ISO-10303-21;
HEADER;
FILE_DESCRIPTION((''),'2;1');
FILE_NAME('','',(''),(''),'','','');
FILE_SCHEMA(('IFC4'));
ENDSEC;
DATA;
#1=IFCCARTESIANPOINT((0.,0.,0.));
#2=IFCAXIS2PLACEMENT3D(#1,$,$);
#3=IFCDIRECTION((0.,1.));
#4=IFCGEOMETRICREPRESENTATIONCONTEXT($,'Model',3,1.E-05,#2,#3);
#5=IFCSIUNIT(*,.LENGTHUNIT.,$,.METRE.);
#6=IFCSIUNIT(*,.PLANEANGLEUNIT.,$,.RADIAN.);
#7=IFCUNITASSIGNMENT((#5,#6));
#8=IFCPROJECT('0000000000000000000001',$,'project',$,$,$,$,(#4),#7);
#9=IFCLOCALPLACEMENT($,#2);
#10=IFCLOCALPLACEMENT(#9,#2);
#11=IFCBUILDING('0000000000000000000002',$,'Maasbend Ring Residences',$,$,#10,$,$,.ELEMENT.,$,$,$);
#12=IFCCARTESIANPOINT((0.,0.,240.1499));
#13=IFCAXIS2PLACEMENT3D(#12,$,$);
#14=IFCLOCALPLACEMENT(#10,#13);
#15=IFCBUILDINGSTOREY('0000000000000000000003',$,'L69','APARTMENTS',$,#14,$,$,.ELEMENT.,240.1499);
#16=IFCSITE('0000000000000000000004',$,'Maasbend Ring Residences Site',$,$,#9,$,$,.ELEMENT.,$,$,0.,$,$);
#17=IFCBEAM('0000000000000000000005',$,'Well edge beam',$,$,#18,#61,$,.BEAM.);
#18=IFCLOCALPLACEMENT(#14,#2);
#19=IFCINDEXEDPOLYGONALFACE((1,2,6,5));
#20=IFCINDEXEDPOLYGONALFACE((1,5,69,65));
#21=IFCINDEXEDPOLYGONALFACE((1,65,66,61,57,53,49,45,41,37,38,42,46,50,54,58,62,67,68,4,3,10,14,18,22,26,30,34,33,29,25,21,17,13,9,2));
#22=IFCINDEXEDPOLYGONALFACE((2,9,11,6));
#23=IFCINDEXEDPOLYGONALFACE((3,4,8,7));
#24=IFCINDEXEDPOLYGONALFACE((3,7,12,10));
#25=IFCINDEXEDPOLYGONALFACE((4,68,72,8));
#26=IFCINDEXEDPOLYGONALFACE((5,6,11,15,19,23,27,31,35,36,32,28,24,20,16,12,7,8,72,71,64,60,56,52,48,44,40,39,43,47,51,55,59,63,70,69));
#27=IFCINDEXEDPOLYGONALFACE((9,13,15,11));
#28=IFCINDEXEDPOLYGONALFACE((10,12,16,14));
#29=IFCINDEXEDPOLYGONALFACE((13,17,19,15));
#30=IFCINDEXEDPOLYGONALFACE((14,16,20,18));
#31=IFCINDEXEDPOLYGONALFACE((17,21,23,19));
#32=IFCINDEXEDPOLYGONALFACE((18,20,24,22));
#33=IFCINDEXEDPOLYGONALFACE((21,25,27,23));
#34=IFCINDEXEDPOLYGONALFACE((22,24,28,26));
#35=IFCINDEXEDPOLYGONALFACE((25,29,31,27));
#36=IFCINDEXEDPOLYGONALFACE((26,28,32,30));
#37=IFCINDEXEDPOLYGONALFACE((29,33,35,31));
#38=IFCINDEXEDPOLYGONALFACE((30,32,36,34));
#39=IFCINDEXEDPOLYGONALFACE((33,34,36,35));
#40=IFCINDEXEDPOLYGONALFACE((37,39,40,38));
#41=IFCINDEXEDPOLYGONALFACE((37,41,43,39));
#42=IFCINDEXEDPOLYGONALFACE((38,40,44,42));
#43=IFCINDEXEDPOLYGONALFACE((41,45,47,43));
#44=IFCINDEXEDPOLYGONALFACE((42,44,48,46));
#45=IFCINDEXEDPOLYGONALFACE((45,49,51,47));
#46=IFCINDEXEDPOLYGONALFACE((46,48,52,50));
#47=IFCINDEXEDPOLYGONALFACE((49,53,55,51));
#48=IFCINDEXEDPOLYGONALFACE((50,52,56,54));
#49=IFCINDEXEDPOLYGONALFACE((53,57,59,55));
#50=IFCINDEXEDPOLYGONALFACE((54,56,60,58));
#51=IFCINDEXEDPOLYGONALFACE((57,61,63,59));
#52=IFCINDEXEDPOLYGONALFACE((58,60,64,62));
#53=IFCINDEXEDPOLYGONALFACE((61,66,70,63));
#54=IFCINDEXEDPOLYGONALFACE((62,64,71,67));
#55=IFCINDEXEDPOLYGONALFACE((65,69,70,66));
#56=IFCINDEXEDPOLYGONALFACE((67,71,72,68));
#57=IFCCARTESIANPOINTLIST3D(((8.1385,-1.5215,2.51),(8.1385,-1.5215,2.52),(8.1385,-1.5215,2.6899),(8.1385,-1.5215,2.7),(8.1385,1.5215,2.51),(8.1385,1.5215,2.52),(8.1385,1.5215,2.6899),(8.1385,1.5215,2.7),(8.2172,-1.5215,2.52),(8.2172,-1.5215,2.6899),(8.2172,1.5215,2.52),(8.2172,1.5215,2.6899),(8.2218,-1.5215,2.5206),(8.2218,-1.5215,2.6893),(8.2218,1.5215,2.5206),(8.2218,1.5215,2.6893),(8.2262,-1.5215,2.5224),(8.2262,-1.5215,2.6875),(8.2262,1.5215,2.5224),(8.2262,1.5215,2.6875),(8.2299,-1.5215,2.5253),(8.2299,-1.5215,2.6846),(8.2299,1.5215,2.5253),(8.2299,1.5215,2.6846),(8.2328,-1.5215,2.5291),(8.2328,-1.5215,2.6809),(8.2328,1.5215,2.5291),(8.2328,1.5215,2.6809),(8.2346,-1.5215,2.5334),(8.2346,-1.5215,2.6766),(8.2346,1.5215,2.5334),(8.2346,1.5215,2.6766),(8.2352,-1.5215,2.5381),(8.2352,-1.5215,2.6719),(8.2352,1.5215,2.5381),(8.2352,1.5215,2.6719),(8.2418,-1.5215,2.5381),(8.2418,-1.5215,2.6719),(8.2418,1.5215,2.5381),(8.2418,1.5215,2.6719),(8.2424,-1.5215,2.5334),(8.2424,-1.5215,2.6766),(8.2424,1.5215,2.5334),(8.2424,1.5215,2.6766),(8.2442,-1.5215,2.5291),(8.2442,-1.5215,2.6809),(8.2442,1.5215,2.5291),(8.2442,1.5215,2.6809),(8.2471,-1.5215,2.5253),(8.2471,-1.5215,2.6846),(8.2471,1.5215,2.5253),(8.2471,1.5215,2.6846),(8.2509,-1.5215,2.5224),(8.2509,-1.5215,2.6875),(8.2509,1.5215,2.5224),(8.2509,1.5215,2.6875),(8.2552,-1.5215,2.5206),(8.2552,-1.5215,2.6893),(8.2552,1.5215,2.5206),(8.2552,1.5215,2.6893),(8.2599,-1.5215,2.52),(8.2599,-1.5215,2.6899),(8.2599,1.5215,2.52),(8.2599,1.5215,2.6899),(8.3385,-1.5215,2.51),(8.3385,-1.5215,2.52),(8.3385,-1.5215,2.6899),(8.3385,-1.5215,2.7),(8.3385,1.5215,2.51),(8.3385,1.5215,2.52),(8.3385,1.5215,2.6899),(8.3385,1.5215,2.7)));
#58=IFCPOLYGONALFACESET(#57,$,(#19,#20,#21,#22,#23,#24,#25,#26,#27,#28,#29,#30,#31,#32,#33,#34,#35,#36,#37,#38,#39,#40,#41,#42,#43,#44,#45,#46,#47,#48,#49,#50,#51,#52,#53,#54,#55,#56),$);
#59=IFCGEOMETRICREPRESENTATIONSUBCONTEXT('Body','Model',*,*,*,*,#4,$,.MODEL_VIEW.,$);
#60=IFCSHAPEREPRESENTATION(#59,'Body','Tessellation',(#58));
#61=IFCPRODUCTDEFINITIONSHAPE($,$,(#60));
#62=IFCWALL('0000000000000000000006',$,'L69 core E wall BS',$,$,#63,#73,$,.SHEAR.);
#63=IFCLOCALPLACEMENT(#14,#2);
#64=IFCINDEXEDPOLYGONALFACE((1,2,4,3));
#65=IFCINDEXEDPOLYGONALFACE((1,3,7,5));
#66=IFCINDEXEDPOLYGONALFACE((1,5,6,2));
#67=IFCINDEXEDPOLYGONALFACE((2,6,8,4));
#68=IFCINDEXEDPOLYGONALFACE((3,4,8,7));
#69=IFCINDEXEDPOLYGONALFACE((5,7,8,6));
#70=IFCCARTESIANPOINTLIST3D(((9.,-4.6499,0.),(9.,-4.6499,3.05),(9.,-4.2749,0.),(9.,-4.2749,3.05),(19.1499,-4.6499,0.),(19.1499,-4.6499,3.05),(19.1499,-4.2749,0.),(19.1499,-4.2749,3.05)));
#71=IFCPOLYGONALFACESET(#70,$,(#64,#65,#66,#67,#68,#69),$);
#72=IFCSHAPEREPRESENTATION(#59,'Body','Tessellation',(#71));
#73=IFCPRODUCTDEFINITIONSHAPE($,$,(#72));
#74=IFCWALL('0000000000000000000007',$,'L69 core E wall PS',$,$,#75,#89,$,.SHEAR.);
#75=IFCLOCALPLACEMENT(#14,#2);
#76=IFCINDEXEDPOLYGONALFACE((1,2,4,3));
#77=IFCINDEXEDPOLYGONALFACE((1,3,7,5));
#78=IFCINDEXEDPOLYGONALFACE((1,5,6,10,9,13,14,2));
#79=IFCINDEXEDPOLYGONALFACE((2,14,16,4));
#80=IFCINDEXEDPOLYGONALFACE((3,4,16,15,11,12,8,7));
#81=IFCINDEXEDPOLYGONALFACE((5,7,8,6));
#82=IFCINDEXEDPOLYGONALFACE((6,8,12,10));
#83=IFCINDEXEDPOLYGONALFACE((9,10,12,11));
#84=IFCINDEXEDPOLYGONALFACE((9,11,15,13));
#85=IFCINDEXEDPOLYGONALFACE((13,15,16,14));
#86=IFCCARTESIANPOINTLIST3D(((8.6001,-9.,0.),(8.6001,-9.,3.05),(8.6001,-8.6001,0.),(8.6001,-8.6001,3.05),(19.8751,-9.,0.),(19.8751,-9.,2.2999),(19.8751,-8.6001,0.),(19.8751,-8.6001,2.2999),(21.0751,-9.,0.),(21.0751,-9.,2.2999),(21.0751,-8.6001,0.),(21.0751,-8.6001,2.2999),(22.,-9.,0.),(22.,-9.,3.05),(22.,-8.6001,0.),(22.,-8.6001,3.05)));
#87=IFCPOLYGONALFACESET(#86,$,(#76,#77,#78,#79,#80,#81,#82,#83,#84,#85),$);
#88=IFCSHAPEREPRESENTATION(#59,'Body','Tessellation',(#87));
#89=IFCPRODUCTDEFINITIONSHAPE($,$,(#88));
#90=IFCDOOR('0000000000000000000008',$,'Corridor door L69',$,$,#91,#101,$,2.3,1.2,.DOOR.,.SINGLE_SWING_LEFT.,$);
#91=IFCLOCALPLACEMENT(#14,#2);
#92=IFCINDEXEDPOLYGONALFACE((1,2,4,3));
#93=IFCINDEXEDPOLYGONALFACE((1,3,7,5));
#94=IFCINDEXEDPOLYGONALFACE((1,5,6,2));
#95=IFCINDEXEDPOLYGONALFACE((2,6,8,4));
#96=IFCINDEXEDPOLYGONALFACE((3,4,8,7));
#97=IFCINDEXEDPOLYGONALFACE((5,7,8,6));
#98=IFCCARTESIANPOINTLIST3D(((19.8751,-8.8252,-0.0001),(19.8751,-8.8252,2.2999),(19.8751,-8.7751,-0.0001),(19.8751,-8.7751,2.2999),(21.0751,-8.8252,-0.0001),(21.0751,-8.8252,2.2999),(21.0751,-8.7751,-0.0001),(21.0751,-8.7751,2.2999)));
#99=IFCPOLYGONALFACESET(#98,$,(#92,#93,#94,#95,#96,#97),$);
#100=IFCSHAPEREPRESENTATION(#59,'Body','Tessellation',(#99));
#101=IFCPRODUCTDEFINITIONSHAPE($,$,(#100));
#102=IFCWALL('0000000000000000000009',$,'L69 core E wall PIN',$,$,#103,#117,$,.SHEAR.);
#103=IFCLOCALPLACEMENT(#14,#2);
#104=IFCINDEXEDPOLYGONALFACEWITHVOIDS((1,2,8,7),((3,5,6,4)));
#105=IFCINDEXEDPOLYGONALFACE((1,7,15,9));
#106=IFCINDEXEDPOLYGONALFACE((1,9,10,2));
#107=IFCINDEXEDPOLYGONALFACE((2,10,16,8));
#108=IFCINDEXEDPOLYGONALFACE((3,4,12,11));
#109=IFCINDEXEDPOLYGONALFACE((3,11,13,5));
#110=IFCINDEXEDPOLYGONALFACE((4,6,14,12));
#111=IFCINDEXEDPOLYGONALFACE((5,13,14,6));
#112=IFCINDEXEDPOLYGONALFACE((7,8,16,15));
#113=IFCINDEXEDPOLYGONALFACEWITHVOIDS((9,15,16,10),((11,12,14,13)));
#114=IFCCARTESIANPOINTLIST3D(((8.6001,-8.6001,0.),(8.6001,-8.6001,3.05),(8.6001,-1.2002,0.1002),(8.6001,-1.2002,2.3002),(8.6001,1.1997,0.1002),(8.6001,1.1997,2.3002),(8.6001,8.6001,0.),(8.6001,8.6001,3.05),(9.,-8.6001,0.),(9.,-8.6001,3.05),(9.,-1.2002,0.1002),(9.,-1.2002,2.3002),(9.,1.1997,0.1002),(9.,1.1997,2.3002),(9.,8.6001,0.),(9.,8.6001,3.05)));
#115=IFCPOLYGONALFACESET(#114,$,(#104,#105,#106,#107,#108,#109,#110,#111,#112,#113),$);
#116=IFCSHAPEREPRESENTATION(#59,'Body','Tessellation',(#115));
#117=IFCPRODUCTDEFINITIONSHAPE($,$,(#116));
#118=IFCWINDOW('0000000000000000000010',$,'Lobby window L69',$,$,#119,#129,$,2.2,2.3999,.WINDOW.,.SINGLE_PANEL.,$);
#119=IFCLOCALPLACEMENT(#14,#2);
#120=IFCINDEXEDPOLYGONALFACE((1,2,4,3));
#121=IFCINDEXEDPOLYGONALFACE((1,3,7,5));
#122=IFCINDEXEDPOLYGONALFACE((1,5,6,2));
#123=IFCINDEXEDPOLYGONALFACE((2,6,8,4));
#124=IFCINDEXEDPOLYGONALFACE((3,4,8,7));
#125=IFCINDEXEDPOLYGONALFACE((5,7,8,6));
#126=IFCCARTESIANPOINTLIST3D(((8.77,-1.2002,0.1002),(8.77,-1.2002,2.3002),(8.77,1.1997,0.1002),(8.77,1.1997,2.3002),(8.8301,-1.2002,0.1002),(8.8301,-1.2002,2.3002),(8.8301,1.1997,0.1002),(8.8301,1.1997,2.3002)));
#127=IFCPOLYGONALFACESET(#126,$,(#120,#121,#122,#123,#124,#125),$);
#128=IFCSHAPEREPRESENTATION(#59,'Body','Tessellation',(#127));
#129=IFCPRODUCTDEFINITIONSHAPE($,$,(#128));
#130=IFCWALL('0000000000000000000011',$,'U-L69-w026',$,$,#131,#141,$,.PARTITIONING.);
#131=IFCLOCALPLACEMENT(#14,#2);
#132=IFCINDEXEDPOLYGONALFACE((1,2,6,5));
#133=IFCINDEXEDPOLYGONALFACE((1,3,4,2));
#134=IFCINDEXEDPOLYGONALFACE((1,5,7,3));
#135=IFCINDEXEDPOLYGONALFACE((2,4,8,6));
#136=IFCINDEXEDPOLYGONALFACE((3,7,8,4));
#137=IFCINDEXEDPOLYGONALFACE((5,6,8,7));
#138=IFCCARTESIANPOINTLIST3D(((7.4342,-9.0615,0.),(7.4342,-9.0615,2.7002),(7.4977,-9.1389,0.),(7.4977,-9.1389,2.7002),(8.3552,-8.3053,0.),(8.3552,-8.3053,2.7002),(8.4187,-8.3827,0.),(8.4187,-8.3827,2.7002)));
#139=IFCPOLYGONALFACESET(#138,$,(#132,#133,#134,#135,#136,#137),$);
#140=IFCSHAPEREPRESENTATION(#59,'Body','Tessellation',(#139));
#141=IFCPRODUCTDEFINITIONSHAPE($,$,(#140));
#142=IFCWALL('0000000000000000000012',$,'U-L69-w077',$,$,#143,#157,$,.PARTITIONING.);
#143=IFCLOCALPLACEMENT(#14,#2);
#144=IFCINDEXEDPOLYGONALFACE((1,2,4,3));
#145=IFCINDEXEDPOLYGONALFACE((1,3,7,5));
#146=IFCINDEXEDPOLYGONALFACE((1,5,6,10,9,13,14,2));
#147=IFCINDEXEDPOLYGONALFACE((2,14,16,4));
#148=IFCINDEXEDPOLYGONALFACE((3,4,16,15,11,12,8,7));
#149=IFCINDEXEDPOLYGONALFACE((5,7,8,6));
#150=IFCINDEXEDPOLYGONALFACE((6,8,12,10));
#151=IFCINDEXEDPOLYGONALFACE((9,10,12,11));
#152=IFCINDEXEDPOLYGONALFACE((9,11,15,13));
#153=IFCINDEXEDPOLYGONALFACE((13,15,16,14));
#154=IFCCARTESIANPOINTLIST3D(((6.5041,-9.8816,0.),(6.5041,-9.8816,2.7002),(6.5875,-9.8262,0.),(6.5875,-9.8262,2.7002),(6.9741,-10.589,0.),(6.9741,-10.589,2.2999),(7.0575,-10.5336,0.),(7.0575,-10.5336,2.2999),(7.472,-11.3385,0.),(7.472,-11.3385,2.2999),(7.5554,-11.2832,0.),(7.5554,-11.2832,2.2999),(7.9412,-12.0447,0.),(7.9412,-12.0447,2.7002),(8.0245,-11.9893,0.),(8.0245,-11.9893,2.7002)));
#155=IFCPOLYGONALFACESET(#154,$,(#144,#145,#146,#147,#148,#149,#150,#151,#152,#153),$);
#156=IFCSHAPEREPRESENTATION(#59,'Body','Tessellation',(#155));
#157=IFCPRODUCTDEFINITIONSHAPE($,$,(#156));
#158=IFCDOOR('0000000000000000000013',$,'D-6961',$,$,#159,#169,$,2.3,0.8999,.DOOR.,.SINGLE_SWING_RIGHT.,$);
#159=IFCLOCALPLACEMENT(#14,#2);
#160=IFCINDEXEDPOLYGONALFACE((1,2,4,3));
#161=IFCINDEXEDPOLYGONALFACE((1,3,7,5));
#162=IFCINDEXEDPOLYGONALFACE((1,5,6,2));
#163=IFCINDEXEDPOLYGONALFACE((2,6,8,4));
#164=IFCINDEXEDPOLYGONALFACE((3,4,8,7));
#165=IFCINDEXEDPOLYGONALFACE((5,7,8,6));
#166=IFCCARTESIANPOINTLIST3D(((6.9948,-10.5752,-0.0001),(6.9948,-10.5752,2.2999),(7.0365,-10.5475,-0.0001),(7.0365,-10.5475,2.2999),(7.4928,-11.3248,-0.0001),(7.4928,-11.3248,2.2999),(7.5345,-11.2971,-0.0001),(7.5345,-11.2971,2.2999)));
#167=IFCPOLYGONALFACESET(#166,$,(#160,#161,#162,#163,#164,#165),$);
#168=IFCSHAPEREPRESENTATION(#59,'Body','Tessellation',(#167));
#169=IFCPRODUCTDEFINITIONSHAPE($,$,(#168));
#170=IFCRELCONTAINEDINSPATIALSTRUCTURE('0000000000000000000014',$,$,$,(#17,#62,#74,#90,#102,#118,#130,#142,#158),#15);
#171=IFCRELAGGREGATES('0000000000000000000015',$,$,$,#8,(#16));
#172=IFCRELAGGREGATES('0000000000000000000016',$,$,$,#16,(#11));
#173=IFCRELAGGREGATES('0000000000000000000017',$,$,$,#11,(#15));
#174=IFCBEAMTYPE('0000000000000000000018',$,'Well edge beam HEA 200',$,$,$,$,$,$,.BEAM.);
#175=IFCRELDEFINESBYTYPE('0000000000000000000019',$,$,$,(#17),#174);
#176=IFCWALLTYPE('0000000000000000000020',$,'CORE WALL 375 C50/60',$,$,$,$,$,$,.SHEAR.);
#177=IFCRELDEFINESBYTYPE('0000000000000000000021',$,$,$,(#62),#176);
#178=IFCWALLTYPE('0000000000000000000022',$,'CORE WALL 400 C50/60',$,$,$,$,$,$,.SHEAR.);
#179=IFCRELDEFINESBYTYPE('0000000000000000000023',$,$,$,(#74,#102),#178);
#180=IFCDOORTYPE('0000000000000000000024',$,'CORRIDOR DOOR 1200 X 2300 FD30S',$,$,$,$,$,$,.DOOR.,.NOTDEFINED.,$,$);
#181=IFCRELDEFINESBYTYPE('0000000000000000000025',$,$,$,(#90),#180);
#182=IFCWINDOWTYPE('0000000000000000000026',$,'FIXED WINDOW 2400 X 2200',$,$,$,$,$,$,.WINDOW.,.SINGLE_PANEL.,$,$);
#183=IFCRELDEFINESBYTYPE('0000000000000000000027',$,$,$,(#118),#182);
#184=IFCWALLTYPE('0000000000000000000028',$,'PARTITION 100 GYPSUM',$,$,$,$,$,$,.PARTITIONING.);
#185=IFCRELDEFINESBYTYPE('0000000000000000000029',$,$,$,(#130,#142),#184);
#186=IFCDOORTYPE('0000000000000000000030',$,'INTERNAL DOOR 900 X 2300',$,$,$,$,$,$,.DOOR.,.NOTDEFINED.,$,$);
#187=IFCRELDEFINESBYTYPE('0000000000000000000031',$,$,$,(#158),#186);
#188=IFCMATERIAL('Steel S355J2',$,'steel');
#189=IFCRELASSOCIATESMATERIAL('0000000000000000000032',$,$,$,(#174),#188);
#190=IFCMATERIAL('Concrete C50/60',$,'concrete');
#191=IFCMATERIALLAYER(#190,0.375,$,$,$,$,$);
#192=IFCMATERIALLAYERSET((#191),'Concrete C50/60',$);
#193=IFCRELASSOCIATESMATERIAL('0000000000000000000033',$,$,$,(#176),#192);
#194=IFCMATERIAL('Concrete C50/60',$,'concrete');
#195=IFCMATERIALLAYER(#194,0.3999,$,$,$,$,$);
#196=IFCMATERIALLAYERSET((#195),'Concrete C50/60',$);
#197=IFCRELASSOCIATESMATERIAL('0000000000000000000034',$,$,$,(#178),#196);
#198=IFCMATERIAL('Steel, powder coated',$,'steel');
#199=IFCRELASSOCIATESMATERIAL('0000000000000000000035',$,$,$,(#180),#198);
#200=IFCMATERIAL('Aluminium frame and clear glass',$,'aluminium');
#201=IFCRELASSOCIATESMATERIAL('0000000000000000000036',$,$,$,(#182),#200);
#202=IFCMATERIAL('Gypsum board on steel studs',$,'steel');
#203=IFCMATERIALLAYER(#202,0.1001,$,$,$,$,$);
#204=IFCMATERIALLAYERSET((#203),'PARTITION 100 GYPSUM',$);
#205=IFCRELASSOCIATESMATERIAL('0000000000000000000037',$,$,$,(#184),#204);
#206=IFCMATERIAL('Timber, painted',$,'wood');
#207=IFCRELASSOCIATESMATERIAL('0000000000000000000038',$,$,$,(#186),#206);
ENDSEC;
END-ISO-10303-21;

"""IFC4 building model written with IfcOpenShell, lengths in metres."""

from ifc_helpers import new_model, si_unit, direction, frame, frame_2d, origin, origin_2d, place, context, subcontext, project, spatial, rectangle, i_section, extrude, material, layer, layer_set, material_profile, profile_set, type_object, element, fill, save


model = new_model("IFC4")

# Units and contexts
model_context = context("Model", 3, precision=1e-05, world=origin(), true_north=direction((0.0, 1.0)))
body_context = subcontext(model_context, "Body", "Model", "MODEL_VIEW")
ifc_project = project(units=[si_unit("LENGTHUNIT", "METRE"), si_unit("PLANEANGLEUNIT", "RADIAN")], contexts=[model_context])

# Site, building, storey
site_placement = place(None, origin())
site = spatial("IfcSite", under=ifc_project, at=site_placement, Name="Maasbend Ring Residences Site", CompositionType="ELEMENT", RefElevation=0.0)
building_placement = place(site_placement, origin())
building = spatial("IfcBuilding", under=site, at=building_placement, Name="Maasbend Ring Residences", CompositionType="ELEMENT")
storey_placement = place(building_placement, frame((0.0, 0.0, 240.1499)))
storey = spatial("IfcBuildingStorey", under=building, at=storey_placement, Name="L69", Description="APARTMENTS", CompositionType="ELEMENT", Elevation=240.1499)

# Beam
ifc_material_1 = material(Name="Steel S355J2", Category="steel")
ifc_material_profile_1 = material_profile(ifc_material_1, i_section(OverallWidth=0.2, OverallDepth=0.1899, WebThickness=0.0066, FlangeThickness=0.01, FilletRadius=0.0181, at=origin_2d()), Name="HEA 200")
ifc_profile_set_1 = profile_set([ifc_material_profile_1], Name="Steel S355J2")
beam_type = type_object("IfcBeamType", Name="Well edge beam HEA 200", PredefinedType="BEAM", material=ifc_profile_set_1)
for number, where, z_axis, x_axis, name in (
    (1, (8.2385, -1.5215, 2.605), (0.0, 1.0, 0.0), (-1.0, 0.0, 0.0), "Well edge beam"),
):
    element("IfcBeam", number, at=place(storey_placement, frame(where, z_axis=z_axis, x_axis=x_axis)), inside=storey, type_object=beam_type, Name=name, PredefinedType="BEAM", context=body_context, shape_type="SweptSolid", body=[
        extrude(i_section(OverallWidth=0.2, OverallDepth=0.1899, WebThickness=0.0066, FlangeThickness=0.01, FilletRadius=0.0181, at=origin_2d()), origin(), (0.0, 0.0, 1.0), 3.043),
    ])

# Wall
ifc_material_2 = material(Name="Concrete C50/60", Category="concrete")
ifc_layer_1 = layer(ifc_material_2, 0.375)
ifc_layer_set_1 = layer_set([ifc_layer_1], Name="Concrete C50/60")
wall_type_1 = type_object("IfcWallType", Name="CORE WALL 375 C50/60", PredefinedType="SHEAR", material=ifc_layer_set_1)
wall_1_placement = place(storey_placement, frame((9.0, -4.4624, 0.0), z_axis=(0.0, 0.0, 1.0), x_axis=(1.0, 0.0, 0.0)))
element("IfcWall", 2, at=wall_1_placement, inside=storey, type_object=wall_type_1, Name="L69 core E wall BS", PredefinedType="SHEAR", context=body_context, shape_type="SweptSolid", body=[
    extrude(rectangle(XDim=10.1499, YDim=0.375, at=frame_2d((5.075, 0.0))), origin(), (0.0, 0.0, 1.0), 3.05),
])

# Wall, opening, door
ifc_material_3 = material(Name="Concrete C50/60", Category="concrete")
ifc_layer_2 = layer(ifc_material_3, 0.3999)
ifc_layer_set_2 = layer_set([ifc_layer_2], Name="Concrete C50/60")
wall_type_2 = type_object("IfcWallType", Name="CORE WALL 400 C50/60", PredefinedType="SHEAR", material=ifc_layer_set_2)
wall_2_placement = place(storey_placement, frame((8.6001, -8.8, 0.0), z_axis=(0.0, 0.0, 1.0), x_axis=(1.0, 0.0, 0.0)))
wall_2 = element("IfcWall", 3, at=wall_2_placement, inside=storey, type_object=wall_type_2, Name="L69 core E wall PS", PredefinedType="SHEAR", context=body_context, shape_type="SweptSolid", body=[
    extrude(rectangle(XDim=13.3999, YDim=0.3999, at=frame_2d((6.7, 0.0))), origin(), (0.0, 0.0, 1.0), 3.05),
])
opening_1_placement = place(wall_2_placement, frame((11.2749, 0.0, 0.0)))
opening_1 = element("IfcOpeningElement", 4, at=opening_1_placement, cuts=wall_2, PredefinedType="OPENING", context=body_context, shape_type="SweptSolid", body=[
    extrude(rectangle(XDim=1.2, YDim=2.3, at=frame_2d((0.6001, 1.1499))), frame((0.0, 0.21, 0.0), z_axis=(0.0, -1.0, 0.0), x_axis=(1.0, 0.0, 0.0)), (0.0, 0.0, 1.0), 0.4199),
])
ifc_material_4 = material(Name="Steel, powder coated", Category="steel")
door_type_1 = type_object("IfcDoorType", Name="CORRIDOR DOOR 1200 X 2300 FD30S", OperationType="NOTDEFINED", PredefinedType="DOOR", material=ifc_material_4)
door_1_placement = place(opening_1_placement, origin())
door_1 = element("IfcDoor", 5, at=door_1_placement, inside=storey, type_object=door_type_1, Name="Corridor door L69", OperationType="SINGLE_SWING_LEFT", OverallHeight=2.3, OverallWidth=1.2, PredefinedType="DOOR", context=body_context, shape_type="SweptSolid", body=[
    extrude(rectangle(XDim=1.2, YDim=2.3, at=frame_2d((0.6001, 1.1499))), frame((0.0, 0.0249, 0.0), z_axis=(0.0, -1.0, 0.0), x_axis=(1.0, 0.0, 0.0)), (0.0, 0.0, 1.0), 0.05),
])
fill(opening_1, door_1)

# Wall, opening, window
wall_3_placement = place(storey_placement, frame((8.8, -8.6001, 0.0), z_axis=(0.0, 0.0, 1.0), x_axis=(0.0, 1.0, 0.0)))
wall_3 = element("IfcWall", 6, at=wall_3_placement, inside=storey, type_object=wall_type_2, Name="L69 core E wall PIN", PredefinedType="SHEAR", context=body_context, shape_type="SweptSolid", body=[
    extrude(rectangle(XDim=17.2002, YDim=0.3999, at=frame_2d((8.6001, 0.0))), origin(), (0.0, 0.0, 1.0), 3.05),
])
opening_2_placement = place(wall_3_placement, frame((7.3999, 0.0, 0.1001)))
opening_2 = element("IfcOpeningElement", 7, at=opening_2_placement, cuts=wall_3, PredefinedType="OPENING", context=body_context, shape_type="SweptSolid", body=[
    extrude(rectangle(XDim=2.3999, YDim=2.2, at=frame_2d((1.2, 1.1001))), frame((0.0, 0.21, 0.0), z_axis=(0.0, -1.0, 0.0), x_axis=(1.0, 0.0, 0.0)), (0.0, 0.0, 1.0), 0.4199),
])
ifc_material_5 = material(Name="Aluminium frame and clear glass", Category="aluminium")
window_type = type_object("IfcWindowType", Name="FIXED WINDOW 2400 X 2200", PartitioningType="SINGLE_PANEL", PredefinedType="WINDOW", material=ifc_material_5)
window_placement = place(opening_2_placement, origin())
window = element("IfcWindow", 8, at=window_placement, inside=storey, type_object=window_type, Name="Lobby window L69", OverallHeight=2.2, OverallWidth=2.3999, PartitioningType="SINGLE_PANEL", PredefinedType="WINDOW", context=body_context, shape_type="SweptSolid", body=[
    extrude(rectangle(XDim=2.3999, YDim=2.2, at=frame_2d((1.2, 1.1001))), frame((0.0, 0.03, 0.0), z_axis=(0.0, -1.0, 0.0), x_axis=(1.0, 0.0, 0.0)), (0.0, 0.0, 1.0), 0.0601),
])
fill(opening_2, window)

# Wall
ifc_material_6 = material(Name="Gypsum board on steel studs", Category="steel")
ifc_layer_3 = layer(ifc_material_6, 0.1001)
ifc_layer_set_3 = layer_set([ifc_layer_3], Name="PARTITION 100 GYPSUM")
wall_type_3 = type_object("IfcWallType", Name="PARTITION 100 GYPSUM", PredefinedType="PARTITIONING", material=ifc_layer_set_3)
wall_4_placement = place(storey_placement, frame((7.4661, -9.1001, 0.0), z_axis=(0.0, 0.0, 1.0), x_axis=(0.77287, 0.634565, 0.0)))
element("IfcWall", 9, at=wall_4_placement, inside=storey, type_object=wall_type_3, Name="U-L69-w026", PredefinedType="PARTITIONING", context=body_context, shape_type="SweptSolid", body=[
    extrude(rectangle(XDim=1.1917, YDim=0.1001, at=frame_2d((0.5957, 0.0))), origin(), (0.0, 0.0, 1.0), 2.7002),
])

# Wall, opening, door
wall_5_placement = place(storey_placement, frame((6.5459, -9.854, 0.0), z_axis=(0.0, 0.0, 1.0), x_axis=(0.553354, -0.832946, 0.0)))
wall_5 = element("IfcWall", 10, at=wall_5_placement, inside=storey, type_object=wall_type_3, Name="U-L69-w077", PredefinedType="PARTITIONING", context=body_context, shape_type="SweptSolid", body=[
    extrude(rectangle(XDim=2.5969, YDim=0.1001, at=frame_2d((1.2983, 0.0))), origin(), (0.0, 0.0, 1.0), 2.7002),
])
opening_3_placement = place(wall_5_placement, frame((0.8491, 0.0, 0.0)))
opening_3 = element("IfcOpeningElement", 11, at=opening_3_placement, cuts=wall_5, PredefinedType="OPENING", context=body_context, shape_type="SweptSolid", body=[
    extrude(rectangle(XDim=0.8999, YDim=2.3, at=frame_2d((0.45, 1.1499))), frame((0.0, 0.0601, 0.0), z_axis=(0.0, -1.0, 0.0), x_axis=(1.0, 0.0, 0.0)), (0.0, 0.0, 1.0), 0.1201),
])
ifc_material_7 = material(Name="Timber, painted", Category="wood")
door_type_2 = type_object("IfcDoorType", Name="INTERNAL DOOR 900 X 2300", OperationType="NOTDEFINED", PredefinedType="DOOR", material=ifc_material_7)
door_2_placement = place(opening_3_placement, origin())
door_2 = element("IfcDoor", 12, at=door_2_placement, inside=storey, type_object=door_type_2, Name="D-6961", OperationType="SINGLE_SWING_RIGHT", OverallHeight=2.3, OverallWidth=0.8999, PredefinedType="DOOR", context=body_context, shape_type="SweptSolid", body=[
    extrude(rectangle(XDim=0.8999, YDim=2.3, at=frame_2d((0.45, 1.1499))), frame((0.0, 0.0249, 0.0), z_axis=(0.0, -1.0, 0.0), x_axis=(1.0, 0.0, 0.0)), (0.0, 0.0, 1.0), 0.05),
])
fill(opening_3, door_2)

save(model, "model.ifc")
